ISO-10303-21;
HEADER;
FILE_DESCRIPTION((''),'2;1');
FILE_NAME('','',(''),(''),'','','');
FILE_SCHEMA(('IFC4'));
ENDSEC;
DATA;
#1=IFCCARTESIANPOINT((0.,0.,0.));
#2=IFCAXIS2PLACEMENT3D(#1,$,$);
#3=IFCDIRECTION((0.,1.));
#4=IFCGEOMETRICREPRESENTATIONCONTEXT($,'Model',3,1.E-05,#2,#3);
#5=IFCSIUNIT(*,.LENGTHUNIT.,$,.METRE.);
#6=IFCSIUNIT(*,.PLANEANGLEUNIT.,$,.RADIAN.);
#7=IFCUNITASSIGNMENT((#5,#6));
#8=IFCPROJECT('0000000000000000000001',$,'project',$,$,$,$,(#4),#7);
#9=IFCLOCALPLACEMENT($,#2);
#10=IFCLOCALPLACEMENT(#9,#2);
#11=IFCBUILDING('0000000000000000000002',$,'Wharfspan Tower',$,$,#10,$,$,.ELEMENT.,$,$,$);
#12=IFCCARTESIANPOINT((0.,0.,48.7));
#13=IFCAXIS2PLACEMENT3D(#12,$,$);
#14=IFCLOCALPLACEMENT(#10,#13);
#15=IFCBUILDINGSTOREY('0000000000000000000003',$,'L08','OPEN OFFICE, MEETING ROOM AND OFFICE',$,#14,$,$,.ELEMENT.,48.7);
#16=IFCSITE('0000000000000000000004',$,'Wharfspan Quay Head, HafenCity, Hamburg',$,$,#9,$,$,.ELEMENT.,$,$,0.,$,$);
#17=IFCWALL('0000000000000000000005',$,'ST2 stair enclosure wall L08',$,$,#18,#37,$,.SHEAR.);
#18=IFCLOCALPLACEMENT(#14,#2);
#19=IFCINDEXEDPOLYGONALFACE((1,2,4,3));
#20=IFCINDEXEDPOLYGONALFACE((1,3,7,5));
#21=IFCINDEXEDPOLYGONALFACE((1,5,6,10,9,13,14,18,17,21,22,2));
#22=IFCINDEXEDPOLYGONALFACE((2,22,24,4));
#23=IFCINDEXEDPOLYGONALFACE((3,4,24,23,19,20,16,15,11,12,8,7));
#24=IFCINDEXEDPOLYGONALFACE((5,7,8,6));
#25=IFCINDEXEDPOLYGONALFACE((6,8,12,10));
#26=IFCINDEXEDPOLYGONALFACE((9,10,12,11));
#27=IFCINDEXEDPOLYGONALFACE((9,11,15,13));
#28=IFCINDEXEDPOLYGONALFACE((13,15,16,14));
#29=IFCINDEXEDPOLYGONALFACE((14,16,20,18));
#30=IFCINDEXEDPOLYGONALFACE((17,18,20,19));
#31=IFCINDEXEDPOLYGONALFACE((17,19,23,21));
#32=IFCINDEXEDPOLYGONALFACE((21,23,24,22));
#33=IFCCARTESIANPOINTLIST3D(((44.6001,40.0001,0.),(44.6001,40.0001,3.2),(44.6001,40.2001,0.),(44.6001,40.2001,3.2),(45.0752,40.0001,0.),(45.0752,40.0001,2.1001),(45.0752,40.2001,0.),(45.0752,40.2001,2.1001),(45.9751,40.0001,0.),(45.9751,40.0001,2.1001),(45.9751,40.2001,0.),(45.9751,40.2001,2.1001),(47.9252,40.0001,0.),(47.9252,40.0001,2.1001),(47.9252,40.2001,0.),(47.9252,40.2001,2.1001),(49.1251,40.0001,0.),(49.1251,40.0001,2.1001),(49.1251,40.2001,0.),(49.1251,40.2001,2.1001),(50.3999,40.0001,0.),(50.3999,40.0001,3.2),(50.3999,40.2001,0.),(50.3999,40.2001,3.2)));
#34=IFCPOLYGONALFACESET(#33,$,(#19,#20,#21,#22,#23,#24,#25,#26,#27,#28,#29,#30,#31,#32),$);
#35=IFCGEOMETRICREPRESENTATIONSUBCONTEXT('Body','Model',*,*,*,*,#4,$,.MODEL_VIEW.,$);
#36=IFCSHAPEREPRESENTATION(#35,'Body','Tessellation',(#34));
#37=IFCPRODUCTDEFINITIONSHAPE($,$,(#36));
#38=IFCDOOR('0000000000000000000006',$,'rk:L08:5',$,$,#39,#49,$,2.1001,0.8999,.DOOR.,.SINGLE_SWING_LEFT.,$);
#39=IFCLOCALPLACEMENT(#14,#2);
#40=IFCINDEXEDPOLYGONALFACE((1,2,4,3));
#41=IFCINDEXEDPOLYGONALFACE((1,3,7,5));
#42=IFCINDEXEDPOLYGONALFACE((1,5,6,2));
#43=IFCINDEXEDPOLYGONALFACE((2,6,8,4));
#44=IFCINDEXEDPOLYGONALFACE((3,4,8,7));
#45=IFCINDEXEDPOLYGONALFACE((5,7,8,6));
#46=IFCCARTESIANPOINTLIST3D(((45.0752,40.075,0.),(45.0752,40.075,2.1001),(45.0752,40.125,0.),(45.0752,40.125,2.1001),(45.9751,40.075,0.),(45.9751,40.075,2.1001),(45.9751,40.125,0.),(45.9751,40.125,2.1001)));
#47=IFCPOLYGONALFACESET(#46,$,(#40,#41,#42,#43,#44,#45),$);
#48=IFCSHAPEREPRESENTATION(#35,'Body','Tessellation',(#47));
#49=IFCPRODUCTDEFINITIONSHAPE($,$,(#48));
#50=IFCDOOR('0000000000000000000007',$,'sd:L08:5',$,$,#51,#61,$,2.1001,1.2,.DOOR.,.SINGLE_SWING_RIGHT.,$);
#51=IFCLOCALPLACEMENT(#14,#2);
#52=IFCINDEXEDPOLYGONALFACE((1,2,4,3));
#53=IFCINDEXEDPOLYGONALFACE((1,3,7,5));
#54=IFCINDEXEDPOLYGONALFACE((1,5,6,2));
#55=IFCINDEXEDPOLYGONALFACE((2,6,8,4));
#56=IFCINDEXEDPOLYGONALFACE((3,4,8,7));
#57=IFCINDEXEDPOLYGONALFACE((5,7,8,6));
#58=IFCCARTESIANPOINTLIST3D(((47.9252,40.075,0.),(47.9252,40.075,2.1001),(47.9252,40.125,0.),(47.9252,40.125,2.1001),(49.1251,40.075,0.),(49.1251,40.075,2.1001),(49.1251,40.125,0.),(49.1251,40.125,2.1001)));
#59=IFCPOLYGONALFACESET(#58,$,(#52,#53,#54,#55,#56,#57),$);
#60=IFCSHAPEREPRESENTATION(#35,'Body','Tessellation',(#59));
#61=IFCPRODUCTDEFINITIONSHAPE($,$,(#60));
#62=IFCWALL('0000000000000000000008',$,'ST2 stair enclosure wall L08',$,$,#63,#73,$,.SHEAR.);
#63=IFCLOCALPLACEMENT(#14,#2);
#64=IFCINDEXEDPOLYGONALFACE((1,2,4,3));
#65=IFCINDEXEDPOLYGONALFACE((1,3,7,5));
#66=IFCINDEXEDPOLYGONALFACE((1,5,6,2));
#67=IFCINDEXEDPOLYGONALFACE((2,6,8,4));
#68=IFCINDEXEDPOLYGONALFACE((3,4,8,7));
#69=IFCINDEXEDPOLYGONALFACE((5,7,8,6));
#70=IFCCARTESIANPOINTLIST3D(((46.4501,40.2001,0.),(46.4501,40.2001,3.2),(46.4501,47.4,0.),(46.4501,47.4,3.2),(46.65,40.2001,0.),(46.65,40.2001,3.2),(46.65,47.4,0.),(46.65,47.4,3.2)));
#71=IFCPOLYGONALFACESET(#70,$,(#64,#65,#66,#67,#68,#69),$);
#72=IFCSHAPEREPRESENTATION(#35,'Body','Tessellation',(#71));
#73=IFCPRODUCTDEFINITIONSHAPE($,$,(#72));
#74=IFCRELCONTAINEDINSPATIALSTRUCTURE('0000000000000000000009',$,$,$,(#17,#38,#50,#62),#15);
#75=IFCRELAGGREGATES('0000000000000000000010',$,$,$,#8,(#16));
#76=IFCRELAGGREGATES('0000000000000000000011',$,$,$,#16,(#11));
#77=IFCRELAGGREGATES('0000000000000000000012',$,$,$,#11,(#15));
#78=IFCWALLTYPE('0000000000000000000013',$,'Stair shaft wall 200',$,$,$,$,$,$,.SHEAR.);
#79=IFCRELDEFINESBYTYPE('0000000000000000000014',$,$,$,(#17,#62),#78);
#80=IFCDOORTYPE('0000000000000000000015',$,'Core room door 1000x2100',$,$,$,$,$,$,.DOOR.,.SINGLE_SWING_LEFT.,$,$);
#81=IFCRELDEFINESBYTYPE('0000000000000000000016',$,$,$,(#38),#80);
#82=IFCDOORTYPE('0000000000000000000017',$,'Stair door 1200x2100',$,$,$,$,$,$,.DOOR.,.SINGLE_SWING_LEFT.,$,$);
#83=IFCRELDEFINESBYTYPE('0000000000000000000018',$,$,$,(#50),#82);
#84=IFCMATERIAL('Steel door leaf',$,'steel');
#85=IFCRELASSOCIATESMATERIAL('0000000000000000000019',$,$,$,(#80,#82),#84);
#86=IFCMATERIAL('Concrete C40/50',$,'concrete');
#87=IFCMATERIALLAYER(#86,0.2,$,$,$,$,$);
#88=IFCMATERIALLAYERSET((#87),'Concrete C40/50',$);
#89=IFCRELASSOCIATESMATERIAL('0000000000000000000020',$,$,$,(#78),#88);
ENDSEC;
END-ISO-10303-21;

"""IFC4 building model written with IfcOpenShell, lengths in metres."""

from ifc_helpers import new_model, si_unit, direction, frame, frame_2d, origin, place, context, subcontext, project, spatial, rectangle, extrude, material, layer, layer_set, type_object, element, fill, save


model = new_model("IFC4")

# Units and contexts
model_context = context("Model", 3, precision=1e-05, world=origin(), true_north=direction((0.0, 1.0)))
body_context = subcontext(model_context, "Body", "Model", "MODEL_VIEW")
ifc_project = project(units=[si_unit("LENGTHUNIT", "METRE"), si_unit("PLANEANGLEUNIT", "RADIAN")], contexts=[model_context])

# Site, building, storey
site_placement = place(None, origin())
site = spatial("IfcSite", under=ifc_project, at=site_placement, Name="Wharfspan Quay Head, HafenCity, Hamburg", CompositionType="ELEMENT", RefElevation=0.0)
building_placement = place(site_placement, origin())
building = spatial("IfcBuilding", under=site, at=building_placement, Name="Wharfspan Tower", CompositionType="ELEMENT")
storey_placement = place(building_placement, frame((0.0, 0.0, 48.7)))
storey = spatial("IfcBuildingStorey", under=building, at=storey_placement, Name="L08", Description="OPEN OFFICE, MEETING ROOM AND OFFICE", CompositionType="ELEMENT", Elevation=48.7)

# Shared definitions
ifc_material_1 = material(Name="Steel door leaf", Category="steel")
door_type_1 = type_object("IfcDoorType", Name="Core room door 1000x2100", OperationType="SINGLE_SWING_LEFT", PredefinedType="DOOR", material=ifc_material_1)

# Wall, openings, doors
ifc_material_2 = material(Name="Concrete C40/50", Category="concrete")
ifc_layer_1 = layer(ifc_material_2, 0.2)
ifc_layer_set_1 = layer_set([ifc_layer_1], Name="Concrete C40/50")
wall_type_1 = type_object("IfcWallType", Name="Stair shaft wall 200", PredefinedType="SHEAR", material=ifc_layer_set_1)
wall_1_placement = place(storey_placement, frame((44.6001, 40.1001, 0.0), z_axis=(0.0, 0.0, 1.0), x_axis=(1.0, 0.0, 0.0)))
wall_1 = element("IfcWall", 1, at=wall_1_placement, inside=storey, type_object=wall_type_1, Name="ST2 stair enclosure wall L08", PredefinedType="SHEAR", context=body_context, shape_type="SweptSolid", body=[
    extrude(rectangle(XDim=5.7998, YDim=0.2, at=frame_2d((2.8999, 0.0))), origin(), (0.0, 0.0, 1.0), 3.2),
])
opening_1_placement = place(wall_1_placement, frame((3.325, 0.0, 0.0)))
opening_1 = element("IfcOpeningElement", 2, at=opening_1_placement, cuts=wall_1, PredefinedType="OPENING", context=body_context, shape_type="SweptSolid", body=[
    extrude(rectangle(XDim=1.2, YDim=2.1001, at=frame_2d((0.6001, 1.05))), frame((0.0, 0.1099, 0.0), z_axis=(0.0, -1.0, 0.0), x_axis=(1.0, 0.0, 0.0)), (0.0, 0.0, 1.0), 0.22),
])
opening_2_placement = place(wall_1_placement, frame((0.4751, 0.0, 0.0)))
opening_2 = element("IfcOpeningElement", 3, at=opening_2_placement, cuts=wall_1, PredefinedType="OPENING", context=body_context, shape_type="SweptSolid", body=[
    extrude(rectangle(XDim=0.8999, YDim=2.1001, at=frame_2d((0.45, 1.05))), frame((0.0, 0.1099, 0.0), z_axis=(0.0, -1.0, 0.0), x_axis=(1.0, 0.0, 0.0)), (0.0, 0.0, 1.0), 0.22),
])
door_1_placement = place(opening_2_placement, origin())
door_1 = element("IfcDoor", 4, at=door_1_placement, inside=storey, type_object=door_type_1, Name="rk:L08:5", OperationType="SINGLE_SWING_LEFT", OverallHeight=2.1001, OverallWidth=0.8999, PredefinedType="DOOR", context=body_context, shape_type="SweptSolid", body=[
    extrude(rectangle(XDim=0.8999, YDim=2.1001, at=frame_2d((0.45, 1.05))), frame((0.0, 0.0249, 0.0), z_axis=(0.0, -1.0, 0.0), x_axis=(1.0, 0.0, 0.0)), (0.0, 0.0, 1.0), 0.05),
])
fill(opening_2, door_1)
door_type_2 = type_object("IfcDoorType", Name="Stair door 1200x2100", OperationType="SINGLE_SWING_LEFT", PredefinedType="DOOR", material=ifc_material_1)
door_2_placement = place(opening_1_placement, origin())
door_2 = element("IfcDoor", 5, at=door_2_placement, inside=storey, type_object=door_type_2, Name="sd:L08:5", OperationType="SINGLE_SWING_RIGHT", OverallHeight=2.1001, OverallWidth=1.2, PredefinedType="DOOR", context=body_context, shape_type="SweptSolid", body=[
    extrude(rectangle(XDim=1.2, YDim=2.1001, at=frame_2d((0.6001, 1.05))), frame((0.0, 0.0249, 0.0), z_axis=(0.0, -1.0, 0.0), x_axis=(1.0, 0.0, 0.0)), (0.0, 0.0, 1.0), 0.05),
])
fill(opening_1, door_2)

# Wall
wall_2_placement = place(storey_placement, frame((46.55, 40.2, 0.0), z_axis=(0.0, 0.0, 1.0), x_axis=(0.0, 1.0, 0.0)))
element("IfcWall", 6, at=wall_2_placement, inside=storey, type_object=wall_type_1, Name="ST2 stair enclosure wall L08", PredefinedType="SHEAR", context=body_context, shape_type="SweptSolid", body=[
    extrude(rectangle(XDim=7.2, YDim=0.2, at=frame_2d((3.6001, 0.0))), origin(), (0.0, 0.0, 1.0), 3.2),
])

save(model, "model.ifc")
